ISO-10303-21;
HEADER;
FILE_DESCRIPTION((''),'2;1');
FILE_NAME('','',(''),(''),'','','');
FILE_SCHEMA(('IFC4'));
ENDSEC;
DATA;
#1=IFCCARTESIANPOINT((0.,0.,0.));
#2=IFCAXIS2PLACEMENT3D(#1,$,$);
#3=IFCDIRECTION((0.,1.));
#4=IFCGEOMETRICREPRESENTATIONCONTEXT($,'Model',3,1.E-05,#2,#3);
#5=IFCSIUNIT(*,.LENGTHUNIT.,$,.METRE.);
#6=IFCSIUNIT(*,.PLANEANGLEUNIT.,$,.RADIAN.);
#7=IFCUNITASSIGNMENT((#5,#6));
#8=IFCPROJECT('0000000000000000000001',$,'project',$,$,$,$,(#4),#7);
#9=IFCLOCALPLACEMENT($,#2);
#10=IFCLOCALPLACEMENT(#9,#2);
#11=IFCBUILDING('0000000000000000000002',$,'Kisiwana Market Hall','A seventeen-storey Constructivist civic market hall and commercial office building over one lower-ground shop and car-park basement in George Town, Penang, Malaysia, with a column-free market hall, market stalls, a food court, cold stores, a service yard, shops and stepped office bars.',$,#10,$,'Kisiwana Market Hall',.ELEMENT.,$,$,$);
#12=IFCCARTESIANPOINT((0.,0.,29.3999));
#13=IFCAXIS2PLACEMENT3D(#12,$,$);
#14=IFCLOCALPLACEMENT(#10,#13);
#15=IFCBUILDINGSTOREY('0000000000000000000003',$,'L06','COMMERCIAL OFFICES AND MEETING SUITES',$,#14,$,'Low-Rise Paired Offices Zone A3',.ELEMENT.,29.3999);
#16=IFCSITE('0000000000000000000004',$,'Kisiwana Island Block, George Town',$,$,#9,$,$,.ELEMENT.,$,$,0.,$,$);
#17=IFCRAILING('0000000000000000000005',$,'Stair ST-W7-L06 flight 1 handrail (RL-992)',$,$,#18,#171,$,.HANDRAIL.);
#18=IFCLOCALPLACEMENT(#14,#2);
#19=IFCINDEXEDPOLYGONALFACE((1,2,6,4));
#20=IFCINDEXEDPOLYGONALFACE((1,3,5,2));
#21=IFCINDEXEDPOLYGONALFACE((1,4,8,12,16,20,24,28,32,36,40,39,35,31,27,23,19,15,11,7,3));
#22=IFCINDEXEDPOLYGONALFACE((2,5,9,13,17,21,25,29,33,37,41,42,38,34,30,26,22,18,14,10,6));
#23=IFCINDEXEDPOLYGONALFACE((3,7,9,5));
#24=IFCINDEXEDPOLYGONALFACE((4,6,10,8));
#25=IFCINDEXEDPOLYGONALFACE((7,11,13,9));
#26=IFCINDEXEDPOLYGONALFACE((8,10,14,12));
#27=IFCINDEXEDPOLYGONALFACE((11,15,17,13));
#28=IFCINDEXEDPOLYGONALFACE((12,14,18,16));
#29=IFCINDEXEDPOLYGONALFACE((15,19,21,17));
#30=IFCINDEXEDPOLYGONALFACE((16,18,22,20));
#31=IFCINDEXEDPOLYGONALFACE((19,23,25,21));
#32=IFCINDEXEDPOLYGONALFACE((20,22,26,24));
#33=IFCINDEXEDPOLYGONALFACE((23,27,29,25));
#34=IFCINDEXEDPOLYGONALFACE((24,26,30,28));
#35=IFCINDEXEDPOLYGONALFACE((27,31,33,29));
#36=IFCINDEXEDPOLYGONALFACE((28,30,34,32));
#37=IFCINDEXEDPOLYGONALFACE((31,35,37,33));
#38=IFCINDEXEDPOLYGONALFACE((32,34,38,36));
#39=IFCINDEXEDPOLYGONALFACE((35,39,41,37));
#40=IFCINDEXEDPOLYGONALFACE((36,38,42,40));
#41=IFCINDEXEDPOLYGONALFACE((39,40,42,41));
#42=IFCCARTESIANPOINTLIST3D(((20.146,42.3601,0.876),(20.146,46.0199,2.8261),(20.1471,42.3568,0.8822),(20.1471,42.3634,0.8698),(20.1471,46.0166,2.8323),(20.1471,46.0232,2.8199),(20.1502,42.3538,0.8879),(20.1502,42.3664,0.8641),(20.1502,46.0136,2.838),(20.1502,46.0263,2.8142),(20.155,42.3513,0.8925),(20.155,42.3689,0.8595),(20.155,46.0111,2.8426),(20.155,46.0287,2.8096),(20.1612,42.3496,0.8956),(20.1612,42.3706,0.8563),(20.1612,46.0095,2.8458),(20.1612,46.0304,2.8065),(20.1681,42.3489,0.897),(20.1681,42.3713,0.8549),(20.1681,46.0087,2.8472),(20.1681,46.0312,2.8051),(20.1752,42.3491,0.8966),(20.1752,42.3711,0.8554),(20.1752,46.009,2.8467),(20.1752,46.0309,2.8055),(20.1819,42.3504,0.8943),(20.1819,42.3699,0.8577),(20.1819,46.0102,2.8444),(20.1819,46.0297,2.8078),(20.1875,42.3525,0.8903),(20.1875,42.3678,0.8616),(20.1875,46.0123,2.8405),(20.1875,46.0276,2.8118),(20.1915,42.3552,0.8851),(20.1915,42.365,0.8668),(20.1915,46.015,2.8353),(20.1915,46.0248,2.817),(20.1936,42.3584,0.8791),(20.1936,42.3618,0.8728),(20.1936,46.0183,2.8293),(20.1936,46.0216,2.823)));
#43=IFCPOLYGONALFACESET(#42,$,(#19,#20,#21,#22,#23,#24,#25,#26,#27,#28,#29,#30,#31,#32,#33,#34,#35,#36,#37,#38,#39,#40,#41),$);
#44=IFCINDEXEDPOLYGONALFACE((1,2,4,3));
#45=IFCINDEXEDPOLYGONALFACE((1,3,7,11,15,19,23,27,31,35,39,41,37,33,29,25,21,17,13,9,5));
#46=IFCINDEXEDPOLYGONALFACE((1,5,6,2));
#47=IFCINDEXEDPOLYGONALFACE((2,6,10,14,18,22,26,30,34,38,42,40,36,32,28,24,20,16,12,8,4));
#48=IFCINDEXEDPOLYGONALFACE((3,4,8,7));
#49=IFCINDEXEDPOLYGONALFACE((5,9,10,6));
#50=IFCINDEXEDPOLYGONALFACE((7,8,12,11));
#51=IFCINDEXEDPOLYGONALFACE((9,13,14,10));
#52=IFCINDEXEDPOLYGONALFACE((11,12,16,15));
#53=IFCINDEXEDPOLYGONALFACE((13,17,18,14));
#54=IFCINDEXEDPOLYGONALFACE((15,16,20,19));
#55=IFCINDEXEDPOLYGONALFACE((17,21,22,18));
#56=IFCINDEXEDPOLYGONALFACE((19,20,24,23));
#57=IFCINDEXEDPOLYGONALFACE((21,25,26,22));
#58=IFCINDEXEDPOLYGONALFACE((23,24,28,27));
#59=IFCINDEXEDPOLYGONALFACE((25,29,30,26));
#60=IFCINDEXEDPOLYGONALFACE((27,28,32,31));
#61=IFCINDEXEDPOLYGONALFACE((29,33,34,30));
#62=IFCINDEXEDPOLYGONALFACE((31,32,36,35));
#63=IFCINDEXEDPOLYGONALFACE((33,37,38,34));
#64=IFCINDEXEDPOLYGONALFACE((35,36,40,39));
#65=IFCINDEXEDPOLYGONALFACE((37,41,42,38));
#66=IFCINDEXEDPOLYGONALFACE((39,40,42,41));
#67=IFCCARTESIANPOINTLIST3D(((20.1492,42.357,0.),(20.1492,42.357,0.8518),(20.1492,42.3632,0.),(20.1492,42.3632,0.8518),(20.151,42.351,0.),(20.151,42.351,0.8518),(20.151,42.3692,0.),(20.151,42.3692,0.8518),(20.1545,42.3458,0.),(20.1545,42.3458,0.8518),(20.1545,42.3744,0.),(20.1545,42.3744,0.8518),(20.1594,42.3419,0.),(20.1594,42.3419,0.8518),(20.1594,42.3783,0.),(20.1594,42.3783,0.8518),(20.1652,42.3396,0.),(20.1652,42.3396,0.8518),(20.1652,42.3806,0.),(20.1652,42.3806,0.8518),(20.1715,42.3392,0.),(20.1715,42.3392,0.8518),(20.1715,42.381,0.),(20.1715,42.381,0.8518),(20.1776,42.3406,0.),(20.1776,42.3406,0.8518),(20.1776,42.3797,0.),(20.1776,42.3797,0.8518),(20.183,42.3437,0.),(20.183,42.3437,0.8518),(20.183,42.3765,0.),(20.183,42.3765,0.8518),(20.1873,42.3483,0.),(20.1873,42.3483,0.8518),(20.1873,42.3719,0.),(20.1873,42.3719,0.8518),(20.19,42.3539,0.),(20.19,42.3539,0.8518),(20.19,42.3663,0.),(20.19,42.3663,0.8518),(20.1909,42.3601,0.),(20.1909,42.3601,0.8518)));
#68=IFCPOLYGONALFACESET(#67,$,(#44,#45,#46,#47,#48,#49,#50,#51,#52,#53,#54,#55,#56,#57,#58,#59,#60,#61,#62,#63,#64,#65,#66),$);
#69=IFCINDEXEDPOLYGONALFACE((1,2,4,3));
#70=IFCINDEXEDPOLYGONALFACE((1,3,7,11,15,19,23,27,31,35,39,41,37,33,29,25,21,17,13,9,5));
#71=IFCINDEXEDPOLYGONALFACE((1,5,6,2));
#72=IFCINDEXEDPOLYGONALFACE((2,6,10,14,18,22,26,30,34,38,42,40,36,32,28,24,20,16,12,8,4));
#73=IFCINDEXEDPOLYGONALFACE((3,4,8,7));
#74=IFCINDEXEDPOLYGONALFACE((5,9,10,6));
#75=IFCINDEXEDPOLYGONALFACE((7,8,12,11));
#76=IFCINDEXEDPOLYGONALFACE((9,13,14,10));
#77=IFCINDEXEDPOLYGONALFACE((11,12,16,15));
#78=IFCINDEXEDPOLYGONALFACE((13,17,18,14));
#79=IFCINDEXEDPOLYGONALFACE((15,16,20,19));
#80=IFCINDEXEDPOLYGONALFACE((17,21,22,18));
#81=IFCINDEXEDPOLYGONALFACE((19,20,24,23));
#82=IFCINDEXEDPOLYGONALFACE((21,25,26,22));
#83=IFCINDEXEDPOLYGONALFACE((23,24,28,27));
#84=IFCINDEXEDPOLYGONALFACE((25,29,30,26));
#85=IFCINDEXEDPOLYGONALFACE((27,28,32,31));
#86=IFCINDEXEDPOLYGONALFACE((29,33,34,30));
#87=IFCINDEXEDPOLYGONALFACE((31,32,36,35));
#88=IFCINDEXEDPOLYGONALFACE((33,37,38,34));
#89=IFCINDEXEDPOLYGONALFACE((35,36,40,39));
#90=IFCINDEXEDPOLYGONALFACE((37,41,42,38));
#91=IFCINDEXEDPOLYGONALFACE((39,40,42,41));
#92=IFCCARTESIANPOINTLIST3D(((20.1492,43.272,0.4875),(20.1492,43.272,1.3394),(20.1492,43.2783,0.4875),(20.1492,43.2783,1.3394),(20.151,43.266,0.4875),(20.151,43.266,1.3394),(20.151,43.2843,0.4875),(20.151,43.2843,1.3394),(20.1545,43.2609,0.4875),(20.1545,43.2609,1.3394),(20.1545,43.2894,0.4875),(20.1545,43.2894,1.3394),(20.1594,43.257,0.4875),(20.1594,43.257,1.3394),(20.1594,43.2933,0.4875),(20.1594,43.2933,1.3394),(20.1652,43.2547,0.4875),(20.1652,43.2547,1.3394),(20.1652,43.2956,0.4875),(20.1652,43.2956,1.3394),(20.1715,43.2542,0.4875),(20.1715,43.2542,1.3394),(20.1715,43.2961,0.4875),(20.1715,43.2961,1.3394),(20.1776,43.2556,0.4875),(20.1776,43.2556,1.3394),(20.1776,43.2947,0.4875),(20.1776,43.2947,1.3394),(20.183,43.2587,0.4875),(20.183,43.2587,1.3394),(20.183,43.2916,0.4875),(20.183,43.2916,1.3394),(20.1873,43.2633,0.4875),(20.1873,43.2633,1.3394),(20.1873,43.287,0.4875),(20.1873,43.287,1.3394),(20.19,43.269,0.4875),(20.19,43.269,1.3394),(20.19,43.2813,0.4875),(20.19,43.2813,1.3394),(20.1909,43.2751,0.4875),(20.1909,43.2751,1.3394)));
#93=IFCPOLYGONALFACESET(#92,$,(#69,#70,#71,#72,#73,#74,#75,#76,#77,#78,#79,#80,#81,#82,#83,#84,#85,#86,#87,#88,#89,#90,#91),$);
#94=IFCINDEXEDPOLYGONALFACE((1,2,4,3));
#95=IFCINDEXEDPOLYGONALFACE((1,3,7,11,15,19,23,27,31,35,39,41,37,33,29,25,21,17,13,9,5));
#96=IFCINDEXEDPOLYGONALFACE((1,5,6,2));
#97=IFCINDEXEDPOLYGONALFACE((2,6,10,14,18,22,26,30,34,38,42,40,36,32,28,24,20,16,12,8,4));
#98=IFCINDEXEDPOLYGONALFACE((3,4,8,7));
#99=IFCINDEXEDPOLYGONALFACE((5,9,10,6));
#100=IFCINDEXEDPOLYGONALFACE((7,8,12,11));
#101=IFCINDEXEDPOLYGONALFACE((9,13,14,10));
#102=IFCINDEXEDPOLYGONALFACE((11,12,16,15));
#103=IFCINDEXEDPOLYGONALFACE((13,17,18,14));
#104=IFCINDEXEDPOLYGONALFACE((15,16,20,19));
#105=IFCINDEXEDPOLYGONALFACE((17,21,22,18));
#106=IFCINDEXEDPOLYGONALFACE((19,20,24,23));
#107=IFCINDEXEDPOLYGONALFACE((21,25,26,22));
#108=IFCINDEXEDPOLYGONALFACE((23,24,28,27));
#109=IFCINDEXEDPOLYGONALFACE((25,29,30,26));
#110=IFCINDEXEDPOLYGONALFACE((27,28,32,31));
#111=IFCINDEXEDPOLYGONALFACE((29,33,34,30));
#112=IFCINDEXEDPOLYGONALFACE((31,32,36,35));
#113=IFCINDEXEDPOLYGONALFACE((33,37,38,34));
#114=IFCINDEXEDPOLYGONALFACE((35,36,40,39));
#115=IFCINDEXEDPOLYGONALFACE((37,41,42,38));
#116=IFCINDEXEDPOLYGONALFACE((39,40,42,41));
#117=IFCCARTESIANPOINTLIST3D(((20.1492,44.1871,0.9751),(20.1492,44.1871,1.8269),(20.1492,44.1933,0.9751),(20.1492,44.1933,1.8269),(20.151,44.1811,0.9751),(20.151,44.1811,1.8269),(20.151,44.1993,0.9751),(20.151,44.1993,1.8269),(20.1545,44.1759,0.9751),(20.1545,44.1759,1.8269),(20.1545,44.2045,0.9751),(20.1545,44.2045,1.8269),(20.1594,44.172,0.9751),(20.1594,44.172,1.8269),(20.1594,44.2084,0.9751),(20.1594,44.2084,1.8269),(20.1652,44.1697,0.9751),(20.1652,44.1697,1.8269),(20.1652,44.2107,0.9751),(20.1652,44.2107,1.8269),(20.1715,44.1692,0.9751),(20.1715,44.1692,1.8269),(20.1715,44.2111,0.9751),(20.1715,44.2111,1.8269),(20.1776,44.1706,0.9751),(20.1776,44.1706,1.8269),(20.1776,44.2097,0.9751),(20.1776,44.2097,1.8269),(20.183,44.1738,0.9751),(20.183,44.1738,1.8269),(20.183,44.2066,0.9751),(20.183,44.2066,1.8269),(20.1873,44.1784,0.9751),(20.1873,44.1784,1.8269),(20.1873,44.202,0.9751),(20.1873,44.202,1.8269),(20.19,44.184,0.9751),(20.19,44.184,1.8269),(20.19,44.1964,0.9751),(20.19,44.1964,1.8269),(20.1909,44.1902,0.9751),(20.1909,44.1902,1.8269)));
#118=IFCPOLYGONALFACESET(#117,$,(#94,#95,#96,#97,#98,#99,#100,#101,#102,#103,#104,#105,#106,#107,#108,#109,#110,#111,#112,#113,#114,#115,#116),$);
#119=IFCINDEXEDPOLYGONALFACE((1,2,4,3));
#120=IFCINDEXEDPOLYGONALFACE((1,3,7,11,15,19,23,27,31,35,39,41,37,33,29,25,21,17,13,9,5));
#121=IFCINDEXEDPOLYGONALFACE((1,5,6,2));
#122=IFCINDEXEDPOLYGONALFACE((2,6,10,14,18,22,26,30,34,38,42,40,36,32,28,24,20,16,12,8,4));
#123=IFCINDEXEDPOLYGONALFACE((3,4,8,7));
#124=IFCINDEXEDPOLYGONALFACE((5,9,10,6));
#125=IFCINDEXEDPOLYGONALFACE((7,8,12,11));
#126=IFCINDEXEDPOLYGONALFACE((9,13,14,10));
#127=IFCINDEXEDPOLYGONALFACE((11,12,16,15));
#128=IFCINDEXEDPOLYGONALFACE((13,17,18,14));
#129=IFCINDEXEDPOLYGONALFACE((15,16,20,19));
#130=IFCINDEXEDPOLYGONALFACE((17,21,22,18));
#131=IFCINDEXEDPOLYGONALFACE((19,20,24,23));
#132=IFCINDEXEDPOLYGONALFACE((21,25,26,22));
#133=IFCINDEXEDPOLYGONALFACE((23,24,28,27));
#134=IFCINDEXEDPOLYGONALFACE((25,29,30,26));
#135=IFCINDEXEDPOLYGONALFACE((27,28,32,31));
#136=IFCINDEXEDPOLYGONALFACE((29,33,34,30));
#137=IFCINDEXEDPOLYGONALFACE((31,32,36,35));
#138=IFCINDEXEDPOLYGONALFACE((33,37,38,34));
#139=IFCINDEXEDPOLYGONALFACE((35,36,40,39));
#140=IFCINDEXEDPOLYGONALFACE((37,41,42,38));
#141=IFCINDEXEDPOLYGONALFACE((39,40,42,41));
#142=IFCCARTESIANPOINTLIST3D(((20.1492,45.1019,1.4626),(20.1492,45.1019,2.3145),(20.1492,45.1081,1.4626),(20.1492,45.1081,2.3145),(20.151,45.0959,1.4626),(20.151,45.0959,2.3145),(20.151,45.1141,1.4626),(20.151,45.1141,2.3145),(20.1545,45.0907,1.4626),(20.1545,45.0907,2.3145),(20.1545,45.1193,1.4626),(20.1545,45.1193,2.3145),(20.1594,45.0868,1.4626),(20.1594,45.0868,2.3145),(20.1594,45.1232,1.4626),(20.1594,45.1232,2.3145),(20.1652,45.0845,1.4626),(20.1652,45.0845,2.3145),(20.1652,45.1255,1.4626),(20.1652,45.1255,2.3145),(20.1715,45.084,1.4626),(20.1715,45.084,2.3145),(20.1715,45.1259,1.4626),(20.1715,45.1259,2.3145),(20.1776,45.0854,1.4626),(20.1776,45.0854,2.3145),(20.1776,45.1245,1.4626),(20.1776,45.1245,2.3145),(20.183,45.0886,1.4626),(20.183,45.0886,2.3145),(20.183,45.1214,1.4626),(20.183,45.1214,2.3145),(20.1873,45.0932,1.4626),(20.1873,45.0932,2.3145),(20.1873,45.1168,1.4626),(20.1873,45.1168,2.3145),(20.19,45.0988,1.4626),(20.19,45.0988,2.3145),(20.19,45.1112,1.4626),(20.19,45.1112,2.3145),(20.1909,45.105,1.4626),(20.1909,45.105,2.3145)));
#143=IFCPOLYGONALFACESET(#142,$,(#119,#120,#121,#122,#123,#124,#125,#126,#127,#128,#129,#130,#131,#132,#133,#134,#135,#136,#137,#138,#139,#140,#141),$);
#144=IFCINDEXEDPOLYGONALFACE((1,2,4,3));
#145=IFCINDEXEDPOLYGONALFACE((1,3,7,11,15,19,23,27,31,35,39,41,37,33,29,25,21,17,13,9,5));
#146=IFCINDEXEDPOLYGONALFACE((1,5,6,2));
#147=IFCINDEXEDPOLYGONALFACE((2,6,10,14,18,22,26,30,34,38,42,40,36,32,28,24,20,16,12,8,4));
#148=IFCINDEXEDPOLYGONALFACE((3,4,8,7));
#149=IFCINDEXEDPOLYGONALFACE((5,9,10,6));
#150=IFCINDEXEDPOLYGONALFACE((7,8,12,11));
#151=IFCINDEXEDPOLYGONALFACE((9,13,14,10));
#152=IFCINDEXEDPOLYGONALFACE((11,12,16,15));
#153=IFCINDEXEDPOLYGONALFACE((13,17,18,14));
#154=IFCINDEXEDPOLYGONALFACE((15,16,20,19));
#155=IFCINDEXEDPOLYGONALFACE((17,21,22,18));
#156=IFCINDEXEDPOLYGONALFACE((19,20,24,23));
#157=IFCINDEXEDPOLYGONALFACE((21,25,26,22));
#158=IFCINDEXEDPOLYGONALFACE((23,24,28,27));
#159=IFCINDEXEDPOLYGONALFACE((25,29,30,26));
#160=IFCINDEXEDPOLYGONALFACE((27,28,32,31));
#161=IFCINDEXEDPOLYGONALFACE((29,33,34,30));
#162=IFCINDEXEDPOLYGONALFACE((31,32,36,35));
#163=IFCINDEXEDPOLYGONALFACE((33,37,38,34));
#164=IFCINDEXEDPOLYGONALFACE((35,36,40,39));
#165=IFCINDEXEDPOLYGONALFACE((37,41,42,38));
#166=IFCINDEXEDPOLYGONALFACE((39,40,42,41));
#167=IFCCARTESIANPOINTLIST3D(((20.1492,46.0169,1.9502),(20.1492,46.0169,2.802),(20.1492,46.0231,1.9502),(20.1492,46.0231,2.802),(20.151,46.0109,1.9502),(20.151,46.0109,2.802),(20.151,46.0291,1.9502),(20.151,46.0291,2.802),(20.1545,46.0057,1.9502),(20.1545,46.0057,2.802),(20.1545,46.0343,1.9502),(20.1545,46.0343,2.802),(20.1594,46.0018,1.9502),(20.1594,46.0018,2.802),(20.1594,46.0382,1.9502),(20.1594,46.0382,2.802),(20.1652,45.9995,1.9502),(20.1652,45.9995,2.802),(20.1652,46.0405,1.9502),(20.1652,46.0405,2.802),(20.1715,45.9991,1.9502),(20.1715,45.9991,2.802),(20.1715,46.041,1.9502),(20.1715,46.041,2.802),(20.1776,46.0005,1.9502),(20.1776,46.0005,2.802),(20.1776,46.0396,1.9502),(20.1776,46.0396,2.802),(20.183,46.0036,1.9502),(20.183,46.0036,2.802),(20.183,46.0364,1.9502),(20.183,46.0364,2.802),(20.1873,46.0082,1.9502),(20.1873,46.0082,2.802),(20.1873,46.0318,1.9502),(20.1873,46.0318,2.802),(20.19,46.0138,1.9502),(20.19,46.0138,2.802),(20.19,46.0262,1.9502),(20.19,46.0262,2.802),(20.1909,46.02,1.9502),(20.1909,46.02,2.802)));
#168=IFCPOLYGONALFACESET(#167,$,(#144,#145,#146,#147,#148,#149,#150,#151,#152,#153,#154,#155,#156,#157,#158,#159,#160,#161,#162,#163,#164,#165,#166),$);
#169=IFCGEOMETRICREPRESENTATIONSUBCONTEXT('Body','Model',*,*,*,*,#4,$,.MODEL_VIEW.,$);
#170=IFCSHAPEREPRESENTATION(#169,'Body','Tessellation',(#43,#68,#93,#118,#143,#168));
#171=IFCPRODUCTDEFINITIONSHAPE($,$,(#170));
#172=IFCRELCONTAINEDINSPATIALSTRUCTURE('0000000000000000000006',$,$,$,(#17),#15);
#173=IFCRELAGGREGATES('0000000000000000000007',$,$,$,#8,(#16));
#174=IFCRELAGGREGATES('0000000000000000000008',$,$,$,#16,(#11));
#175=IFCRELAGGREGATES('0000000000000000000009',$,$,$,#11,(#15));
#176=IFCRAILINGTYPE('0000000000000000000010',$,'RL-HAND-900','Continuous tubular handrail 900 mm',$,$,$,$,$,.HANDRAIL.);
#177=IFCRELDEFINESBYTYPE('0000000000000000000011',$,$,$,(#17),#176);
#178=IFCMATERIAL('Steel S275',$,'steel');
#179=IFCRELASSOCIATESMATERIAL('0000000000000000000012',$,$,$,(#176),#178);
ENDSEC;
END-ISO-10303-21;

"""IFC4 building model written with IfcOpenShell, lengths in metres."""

from ifc_helpers import new_model, si_unit, direction, frame, origin, origin_2d, place, context, subcontext, project, spatial, circle, extrude, material, type_object, element, save


model = new_model("IFC4")

# Units and contexts
model_context = context("Model", 3, precision=1e-05, world=origin(), true_north=direction((0.0, 1.0)))
body_context = subcontext(model_context, "Body", "Model", "MODEL_VIEW")
ifc_project = project(units=[si_unit("LENGTHUNIT", "METRE"), si_unit("PLANEANGLEUNIT", "RADIAN")], contexts=[model_context])

# Site, building, storey
site_placement = place(None, origin())
site = spatial("IfcSite", under=ifc_project, at=site_placement, Name="Kisiwana Island Block, George Town", CompositionType="ELEMENT", RefElevation=0.0)
building_placement = place(site_placement, origin())
building = spatial("IfcBuilding", under=site, at=building_placement, Name="Kisiwana Market Hall", Description="A seventeen-storey Constructivist civic market hall and commercial office building over one lower-ground shop and car-park basement in George Town, Penang, Malaysia, with a column-free market hall, market stalls, a food court, cold stores, a service yard, shops and stepped office bars.", LongName="Kisiwana Market Hall", CompositionType="ELEMENT")
storey_placement = place(building_placement, frame((0.0, 0.0, 29.3999)))
storey = spatial("IfcBuildingStorey", under=building, at=storey_placement, Name="L06", Description="COMMERCIAL OFFICES AND MEETING SUITES", LongName="Low-Rise Paired Offices Zone A3", CompositionType="ELEMENT", Elevation=29.3999)

# Railing
ifc_material_1 = material(Name="Steel S275", Category="steel")
railing_type_1 = type_object("IfcRailingType", Name="RL-HAND-900", Description="Continuous tubular handrail 900 mm", PredefinedType="HANDRAIL", material=ifc_material_1)
railing_1_placement = place(storey_placement, frame((20.1699, 42.3601, 0.0)))
element("IfcRailing", 1, at=railing_1_placement, inside=storey, type_object=railing_type_1, Name="Stair ST-W7-L06 flight 1 handrail (RL-992)", PredefinedType="HANDRAIL", context=body_context, shape_type="SweptSolid", body=[
    extrude(circle(Radius=0.0239, at=origin_2d()), frame((0.0, 0.0, 0.876), z_axis=(0.0, 0.882529, 0.470258), x_axis=(-1.0, 0.0, 0.0)), (0.0, 0.0, 1.0), 4.147),
    extrude(circle(Radius=0.021, at=origin_2d()), origin(), (0.0, 0.0, 1.0), 0.8518),
    extrude(circle(Radius=0.021, at=origin_2d()), frame((0.0, 0.915, 0.4875)), (0.0, 0.0, 1.0), 0.8518),
    extrude(circle(Radius=0.021, at=origin_2d()), frame((0.0, 1.8301, 0.9751)), (0.0, 0.0, 1.0), 0.8518),
    extrude(circle(Radius=0.021, at=origin_2d()), frame((0.0, 2.7449, 1.4626)), (0.0, 0.0, 1.0), 0.8518),
    extrude(circle(Radius=0.021, at=origin_2d()), frame((0.0, 3.6599, 1.9502)), (0.0, 0.0, 1.0), 0.8518),
])

save(model, "model.ifc")
